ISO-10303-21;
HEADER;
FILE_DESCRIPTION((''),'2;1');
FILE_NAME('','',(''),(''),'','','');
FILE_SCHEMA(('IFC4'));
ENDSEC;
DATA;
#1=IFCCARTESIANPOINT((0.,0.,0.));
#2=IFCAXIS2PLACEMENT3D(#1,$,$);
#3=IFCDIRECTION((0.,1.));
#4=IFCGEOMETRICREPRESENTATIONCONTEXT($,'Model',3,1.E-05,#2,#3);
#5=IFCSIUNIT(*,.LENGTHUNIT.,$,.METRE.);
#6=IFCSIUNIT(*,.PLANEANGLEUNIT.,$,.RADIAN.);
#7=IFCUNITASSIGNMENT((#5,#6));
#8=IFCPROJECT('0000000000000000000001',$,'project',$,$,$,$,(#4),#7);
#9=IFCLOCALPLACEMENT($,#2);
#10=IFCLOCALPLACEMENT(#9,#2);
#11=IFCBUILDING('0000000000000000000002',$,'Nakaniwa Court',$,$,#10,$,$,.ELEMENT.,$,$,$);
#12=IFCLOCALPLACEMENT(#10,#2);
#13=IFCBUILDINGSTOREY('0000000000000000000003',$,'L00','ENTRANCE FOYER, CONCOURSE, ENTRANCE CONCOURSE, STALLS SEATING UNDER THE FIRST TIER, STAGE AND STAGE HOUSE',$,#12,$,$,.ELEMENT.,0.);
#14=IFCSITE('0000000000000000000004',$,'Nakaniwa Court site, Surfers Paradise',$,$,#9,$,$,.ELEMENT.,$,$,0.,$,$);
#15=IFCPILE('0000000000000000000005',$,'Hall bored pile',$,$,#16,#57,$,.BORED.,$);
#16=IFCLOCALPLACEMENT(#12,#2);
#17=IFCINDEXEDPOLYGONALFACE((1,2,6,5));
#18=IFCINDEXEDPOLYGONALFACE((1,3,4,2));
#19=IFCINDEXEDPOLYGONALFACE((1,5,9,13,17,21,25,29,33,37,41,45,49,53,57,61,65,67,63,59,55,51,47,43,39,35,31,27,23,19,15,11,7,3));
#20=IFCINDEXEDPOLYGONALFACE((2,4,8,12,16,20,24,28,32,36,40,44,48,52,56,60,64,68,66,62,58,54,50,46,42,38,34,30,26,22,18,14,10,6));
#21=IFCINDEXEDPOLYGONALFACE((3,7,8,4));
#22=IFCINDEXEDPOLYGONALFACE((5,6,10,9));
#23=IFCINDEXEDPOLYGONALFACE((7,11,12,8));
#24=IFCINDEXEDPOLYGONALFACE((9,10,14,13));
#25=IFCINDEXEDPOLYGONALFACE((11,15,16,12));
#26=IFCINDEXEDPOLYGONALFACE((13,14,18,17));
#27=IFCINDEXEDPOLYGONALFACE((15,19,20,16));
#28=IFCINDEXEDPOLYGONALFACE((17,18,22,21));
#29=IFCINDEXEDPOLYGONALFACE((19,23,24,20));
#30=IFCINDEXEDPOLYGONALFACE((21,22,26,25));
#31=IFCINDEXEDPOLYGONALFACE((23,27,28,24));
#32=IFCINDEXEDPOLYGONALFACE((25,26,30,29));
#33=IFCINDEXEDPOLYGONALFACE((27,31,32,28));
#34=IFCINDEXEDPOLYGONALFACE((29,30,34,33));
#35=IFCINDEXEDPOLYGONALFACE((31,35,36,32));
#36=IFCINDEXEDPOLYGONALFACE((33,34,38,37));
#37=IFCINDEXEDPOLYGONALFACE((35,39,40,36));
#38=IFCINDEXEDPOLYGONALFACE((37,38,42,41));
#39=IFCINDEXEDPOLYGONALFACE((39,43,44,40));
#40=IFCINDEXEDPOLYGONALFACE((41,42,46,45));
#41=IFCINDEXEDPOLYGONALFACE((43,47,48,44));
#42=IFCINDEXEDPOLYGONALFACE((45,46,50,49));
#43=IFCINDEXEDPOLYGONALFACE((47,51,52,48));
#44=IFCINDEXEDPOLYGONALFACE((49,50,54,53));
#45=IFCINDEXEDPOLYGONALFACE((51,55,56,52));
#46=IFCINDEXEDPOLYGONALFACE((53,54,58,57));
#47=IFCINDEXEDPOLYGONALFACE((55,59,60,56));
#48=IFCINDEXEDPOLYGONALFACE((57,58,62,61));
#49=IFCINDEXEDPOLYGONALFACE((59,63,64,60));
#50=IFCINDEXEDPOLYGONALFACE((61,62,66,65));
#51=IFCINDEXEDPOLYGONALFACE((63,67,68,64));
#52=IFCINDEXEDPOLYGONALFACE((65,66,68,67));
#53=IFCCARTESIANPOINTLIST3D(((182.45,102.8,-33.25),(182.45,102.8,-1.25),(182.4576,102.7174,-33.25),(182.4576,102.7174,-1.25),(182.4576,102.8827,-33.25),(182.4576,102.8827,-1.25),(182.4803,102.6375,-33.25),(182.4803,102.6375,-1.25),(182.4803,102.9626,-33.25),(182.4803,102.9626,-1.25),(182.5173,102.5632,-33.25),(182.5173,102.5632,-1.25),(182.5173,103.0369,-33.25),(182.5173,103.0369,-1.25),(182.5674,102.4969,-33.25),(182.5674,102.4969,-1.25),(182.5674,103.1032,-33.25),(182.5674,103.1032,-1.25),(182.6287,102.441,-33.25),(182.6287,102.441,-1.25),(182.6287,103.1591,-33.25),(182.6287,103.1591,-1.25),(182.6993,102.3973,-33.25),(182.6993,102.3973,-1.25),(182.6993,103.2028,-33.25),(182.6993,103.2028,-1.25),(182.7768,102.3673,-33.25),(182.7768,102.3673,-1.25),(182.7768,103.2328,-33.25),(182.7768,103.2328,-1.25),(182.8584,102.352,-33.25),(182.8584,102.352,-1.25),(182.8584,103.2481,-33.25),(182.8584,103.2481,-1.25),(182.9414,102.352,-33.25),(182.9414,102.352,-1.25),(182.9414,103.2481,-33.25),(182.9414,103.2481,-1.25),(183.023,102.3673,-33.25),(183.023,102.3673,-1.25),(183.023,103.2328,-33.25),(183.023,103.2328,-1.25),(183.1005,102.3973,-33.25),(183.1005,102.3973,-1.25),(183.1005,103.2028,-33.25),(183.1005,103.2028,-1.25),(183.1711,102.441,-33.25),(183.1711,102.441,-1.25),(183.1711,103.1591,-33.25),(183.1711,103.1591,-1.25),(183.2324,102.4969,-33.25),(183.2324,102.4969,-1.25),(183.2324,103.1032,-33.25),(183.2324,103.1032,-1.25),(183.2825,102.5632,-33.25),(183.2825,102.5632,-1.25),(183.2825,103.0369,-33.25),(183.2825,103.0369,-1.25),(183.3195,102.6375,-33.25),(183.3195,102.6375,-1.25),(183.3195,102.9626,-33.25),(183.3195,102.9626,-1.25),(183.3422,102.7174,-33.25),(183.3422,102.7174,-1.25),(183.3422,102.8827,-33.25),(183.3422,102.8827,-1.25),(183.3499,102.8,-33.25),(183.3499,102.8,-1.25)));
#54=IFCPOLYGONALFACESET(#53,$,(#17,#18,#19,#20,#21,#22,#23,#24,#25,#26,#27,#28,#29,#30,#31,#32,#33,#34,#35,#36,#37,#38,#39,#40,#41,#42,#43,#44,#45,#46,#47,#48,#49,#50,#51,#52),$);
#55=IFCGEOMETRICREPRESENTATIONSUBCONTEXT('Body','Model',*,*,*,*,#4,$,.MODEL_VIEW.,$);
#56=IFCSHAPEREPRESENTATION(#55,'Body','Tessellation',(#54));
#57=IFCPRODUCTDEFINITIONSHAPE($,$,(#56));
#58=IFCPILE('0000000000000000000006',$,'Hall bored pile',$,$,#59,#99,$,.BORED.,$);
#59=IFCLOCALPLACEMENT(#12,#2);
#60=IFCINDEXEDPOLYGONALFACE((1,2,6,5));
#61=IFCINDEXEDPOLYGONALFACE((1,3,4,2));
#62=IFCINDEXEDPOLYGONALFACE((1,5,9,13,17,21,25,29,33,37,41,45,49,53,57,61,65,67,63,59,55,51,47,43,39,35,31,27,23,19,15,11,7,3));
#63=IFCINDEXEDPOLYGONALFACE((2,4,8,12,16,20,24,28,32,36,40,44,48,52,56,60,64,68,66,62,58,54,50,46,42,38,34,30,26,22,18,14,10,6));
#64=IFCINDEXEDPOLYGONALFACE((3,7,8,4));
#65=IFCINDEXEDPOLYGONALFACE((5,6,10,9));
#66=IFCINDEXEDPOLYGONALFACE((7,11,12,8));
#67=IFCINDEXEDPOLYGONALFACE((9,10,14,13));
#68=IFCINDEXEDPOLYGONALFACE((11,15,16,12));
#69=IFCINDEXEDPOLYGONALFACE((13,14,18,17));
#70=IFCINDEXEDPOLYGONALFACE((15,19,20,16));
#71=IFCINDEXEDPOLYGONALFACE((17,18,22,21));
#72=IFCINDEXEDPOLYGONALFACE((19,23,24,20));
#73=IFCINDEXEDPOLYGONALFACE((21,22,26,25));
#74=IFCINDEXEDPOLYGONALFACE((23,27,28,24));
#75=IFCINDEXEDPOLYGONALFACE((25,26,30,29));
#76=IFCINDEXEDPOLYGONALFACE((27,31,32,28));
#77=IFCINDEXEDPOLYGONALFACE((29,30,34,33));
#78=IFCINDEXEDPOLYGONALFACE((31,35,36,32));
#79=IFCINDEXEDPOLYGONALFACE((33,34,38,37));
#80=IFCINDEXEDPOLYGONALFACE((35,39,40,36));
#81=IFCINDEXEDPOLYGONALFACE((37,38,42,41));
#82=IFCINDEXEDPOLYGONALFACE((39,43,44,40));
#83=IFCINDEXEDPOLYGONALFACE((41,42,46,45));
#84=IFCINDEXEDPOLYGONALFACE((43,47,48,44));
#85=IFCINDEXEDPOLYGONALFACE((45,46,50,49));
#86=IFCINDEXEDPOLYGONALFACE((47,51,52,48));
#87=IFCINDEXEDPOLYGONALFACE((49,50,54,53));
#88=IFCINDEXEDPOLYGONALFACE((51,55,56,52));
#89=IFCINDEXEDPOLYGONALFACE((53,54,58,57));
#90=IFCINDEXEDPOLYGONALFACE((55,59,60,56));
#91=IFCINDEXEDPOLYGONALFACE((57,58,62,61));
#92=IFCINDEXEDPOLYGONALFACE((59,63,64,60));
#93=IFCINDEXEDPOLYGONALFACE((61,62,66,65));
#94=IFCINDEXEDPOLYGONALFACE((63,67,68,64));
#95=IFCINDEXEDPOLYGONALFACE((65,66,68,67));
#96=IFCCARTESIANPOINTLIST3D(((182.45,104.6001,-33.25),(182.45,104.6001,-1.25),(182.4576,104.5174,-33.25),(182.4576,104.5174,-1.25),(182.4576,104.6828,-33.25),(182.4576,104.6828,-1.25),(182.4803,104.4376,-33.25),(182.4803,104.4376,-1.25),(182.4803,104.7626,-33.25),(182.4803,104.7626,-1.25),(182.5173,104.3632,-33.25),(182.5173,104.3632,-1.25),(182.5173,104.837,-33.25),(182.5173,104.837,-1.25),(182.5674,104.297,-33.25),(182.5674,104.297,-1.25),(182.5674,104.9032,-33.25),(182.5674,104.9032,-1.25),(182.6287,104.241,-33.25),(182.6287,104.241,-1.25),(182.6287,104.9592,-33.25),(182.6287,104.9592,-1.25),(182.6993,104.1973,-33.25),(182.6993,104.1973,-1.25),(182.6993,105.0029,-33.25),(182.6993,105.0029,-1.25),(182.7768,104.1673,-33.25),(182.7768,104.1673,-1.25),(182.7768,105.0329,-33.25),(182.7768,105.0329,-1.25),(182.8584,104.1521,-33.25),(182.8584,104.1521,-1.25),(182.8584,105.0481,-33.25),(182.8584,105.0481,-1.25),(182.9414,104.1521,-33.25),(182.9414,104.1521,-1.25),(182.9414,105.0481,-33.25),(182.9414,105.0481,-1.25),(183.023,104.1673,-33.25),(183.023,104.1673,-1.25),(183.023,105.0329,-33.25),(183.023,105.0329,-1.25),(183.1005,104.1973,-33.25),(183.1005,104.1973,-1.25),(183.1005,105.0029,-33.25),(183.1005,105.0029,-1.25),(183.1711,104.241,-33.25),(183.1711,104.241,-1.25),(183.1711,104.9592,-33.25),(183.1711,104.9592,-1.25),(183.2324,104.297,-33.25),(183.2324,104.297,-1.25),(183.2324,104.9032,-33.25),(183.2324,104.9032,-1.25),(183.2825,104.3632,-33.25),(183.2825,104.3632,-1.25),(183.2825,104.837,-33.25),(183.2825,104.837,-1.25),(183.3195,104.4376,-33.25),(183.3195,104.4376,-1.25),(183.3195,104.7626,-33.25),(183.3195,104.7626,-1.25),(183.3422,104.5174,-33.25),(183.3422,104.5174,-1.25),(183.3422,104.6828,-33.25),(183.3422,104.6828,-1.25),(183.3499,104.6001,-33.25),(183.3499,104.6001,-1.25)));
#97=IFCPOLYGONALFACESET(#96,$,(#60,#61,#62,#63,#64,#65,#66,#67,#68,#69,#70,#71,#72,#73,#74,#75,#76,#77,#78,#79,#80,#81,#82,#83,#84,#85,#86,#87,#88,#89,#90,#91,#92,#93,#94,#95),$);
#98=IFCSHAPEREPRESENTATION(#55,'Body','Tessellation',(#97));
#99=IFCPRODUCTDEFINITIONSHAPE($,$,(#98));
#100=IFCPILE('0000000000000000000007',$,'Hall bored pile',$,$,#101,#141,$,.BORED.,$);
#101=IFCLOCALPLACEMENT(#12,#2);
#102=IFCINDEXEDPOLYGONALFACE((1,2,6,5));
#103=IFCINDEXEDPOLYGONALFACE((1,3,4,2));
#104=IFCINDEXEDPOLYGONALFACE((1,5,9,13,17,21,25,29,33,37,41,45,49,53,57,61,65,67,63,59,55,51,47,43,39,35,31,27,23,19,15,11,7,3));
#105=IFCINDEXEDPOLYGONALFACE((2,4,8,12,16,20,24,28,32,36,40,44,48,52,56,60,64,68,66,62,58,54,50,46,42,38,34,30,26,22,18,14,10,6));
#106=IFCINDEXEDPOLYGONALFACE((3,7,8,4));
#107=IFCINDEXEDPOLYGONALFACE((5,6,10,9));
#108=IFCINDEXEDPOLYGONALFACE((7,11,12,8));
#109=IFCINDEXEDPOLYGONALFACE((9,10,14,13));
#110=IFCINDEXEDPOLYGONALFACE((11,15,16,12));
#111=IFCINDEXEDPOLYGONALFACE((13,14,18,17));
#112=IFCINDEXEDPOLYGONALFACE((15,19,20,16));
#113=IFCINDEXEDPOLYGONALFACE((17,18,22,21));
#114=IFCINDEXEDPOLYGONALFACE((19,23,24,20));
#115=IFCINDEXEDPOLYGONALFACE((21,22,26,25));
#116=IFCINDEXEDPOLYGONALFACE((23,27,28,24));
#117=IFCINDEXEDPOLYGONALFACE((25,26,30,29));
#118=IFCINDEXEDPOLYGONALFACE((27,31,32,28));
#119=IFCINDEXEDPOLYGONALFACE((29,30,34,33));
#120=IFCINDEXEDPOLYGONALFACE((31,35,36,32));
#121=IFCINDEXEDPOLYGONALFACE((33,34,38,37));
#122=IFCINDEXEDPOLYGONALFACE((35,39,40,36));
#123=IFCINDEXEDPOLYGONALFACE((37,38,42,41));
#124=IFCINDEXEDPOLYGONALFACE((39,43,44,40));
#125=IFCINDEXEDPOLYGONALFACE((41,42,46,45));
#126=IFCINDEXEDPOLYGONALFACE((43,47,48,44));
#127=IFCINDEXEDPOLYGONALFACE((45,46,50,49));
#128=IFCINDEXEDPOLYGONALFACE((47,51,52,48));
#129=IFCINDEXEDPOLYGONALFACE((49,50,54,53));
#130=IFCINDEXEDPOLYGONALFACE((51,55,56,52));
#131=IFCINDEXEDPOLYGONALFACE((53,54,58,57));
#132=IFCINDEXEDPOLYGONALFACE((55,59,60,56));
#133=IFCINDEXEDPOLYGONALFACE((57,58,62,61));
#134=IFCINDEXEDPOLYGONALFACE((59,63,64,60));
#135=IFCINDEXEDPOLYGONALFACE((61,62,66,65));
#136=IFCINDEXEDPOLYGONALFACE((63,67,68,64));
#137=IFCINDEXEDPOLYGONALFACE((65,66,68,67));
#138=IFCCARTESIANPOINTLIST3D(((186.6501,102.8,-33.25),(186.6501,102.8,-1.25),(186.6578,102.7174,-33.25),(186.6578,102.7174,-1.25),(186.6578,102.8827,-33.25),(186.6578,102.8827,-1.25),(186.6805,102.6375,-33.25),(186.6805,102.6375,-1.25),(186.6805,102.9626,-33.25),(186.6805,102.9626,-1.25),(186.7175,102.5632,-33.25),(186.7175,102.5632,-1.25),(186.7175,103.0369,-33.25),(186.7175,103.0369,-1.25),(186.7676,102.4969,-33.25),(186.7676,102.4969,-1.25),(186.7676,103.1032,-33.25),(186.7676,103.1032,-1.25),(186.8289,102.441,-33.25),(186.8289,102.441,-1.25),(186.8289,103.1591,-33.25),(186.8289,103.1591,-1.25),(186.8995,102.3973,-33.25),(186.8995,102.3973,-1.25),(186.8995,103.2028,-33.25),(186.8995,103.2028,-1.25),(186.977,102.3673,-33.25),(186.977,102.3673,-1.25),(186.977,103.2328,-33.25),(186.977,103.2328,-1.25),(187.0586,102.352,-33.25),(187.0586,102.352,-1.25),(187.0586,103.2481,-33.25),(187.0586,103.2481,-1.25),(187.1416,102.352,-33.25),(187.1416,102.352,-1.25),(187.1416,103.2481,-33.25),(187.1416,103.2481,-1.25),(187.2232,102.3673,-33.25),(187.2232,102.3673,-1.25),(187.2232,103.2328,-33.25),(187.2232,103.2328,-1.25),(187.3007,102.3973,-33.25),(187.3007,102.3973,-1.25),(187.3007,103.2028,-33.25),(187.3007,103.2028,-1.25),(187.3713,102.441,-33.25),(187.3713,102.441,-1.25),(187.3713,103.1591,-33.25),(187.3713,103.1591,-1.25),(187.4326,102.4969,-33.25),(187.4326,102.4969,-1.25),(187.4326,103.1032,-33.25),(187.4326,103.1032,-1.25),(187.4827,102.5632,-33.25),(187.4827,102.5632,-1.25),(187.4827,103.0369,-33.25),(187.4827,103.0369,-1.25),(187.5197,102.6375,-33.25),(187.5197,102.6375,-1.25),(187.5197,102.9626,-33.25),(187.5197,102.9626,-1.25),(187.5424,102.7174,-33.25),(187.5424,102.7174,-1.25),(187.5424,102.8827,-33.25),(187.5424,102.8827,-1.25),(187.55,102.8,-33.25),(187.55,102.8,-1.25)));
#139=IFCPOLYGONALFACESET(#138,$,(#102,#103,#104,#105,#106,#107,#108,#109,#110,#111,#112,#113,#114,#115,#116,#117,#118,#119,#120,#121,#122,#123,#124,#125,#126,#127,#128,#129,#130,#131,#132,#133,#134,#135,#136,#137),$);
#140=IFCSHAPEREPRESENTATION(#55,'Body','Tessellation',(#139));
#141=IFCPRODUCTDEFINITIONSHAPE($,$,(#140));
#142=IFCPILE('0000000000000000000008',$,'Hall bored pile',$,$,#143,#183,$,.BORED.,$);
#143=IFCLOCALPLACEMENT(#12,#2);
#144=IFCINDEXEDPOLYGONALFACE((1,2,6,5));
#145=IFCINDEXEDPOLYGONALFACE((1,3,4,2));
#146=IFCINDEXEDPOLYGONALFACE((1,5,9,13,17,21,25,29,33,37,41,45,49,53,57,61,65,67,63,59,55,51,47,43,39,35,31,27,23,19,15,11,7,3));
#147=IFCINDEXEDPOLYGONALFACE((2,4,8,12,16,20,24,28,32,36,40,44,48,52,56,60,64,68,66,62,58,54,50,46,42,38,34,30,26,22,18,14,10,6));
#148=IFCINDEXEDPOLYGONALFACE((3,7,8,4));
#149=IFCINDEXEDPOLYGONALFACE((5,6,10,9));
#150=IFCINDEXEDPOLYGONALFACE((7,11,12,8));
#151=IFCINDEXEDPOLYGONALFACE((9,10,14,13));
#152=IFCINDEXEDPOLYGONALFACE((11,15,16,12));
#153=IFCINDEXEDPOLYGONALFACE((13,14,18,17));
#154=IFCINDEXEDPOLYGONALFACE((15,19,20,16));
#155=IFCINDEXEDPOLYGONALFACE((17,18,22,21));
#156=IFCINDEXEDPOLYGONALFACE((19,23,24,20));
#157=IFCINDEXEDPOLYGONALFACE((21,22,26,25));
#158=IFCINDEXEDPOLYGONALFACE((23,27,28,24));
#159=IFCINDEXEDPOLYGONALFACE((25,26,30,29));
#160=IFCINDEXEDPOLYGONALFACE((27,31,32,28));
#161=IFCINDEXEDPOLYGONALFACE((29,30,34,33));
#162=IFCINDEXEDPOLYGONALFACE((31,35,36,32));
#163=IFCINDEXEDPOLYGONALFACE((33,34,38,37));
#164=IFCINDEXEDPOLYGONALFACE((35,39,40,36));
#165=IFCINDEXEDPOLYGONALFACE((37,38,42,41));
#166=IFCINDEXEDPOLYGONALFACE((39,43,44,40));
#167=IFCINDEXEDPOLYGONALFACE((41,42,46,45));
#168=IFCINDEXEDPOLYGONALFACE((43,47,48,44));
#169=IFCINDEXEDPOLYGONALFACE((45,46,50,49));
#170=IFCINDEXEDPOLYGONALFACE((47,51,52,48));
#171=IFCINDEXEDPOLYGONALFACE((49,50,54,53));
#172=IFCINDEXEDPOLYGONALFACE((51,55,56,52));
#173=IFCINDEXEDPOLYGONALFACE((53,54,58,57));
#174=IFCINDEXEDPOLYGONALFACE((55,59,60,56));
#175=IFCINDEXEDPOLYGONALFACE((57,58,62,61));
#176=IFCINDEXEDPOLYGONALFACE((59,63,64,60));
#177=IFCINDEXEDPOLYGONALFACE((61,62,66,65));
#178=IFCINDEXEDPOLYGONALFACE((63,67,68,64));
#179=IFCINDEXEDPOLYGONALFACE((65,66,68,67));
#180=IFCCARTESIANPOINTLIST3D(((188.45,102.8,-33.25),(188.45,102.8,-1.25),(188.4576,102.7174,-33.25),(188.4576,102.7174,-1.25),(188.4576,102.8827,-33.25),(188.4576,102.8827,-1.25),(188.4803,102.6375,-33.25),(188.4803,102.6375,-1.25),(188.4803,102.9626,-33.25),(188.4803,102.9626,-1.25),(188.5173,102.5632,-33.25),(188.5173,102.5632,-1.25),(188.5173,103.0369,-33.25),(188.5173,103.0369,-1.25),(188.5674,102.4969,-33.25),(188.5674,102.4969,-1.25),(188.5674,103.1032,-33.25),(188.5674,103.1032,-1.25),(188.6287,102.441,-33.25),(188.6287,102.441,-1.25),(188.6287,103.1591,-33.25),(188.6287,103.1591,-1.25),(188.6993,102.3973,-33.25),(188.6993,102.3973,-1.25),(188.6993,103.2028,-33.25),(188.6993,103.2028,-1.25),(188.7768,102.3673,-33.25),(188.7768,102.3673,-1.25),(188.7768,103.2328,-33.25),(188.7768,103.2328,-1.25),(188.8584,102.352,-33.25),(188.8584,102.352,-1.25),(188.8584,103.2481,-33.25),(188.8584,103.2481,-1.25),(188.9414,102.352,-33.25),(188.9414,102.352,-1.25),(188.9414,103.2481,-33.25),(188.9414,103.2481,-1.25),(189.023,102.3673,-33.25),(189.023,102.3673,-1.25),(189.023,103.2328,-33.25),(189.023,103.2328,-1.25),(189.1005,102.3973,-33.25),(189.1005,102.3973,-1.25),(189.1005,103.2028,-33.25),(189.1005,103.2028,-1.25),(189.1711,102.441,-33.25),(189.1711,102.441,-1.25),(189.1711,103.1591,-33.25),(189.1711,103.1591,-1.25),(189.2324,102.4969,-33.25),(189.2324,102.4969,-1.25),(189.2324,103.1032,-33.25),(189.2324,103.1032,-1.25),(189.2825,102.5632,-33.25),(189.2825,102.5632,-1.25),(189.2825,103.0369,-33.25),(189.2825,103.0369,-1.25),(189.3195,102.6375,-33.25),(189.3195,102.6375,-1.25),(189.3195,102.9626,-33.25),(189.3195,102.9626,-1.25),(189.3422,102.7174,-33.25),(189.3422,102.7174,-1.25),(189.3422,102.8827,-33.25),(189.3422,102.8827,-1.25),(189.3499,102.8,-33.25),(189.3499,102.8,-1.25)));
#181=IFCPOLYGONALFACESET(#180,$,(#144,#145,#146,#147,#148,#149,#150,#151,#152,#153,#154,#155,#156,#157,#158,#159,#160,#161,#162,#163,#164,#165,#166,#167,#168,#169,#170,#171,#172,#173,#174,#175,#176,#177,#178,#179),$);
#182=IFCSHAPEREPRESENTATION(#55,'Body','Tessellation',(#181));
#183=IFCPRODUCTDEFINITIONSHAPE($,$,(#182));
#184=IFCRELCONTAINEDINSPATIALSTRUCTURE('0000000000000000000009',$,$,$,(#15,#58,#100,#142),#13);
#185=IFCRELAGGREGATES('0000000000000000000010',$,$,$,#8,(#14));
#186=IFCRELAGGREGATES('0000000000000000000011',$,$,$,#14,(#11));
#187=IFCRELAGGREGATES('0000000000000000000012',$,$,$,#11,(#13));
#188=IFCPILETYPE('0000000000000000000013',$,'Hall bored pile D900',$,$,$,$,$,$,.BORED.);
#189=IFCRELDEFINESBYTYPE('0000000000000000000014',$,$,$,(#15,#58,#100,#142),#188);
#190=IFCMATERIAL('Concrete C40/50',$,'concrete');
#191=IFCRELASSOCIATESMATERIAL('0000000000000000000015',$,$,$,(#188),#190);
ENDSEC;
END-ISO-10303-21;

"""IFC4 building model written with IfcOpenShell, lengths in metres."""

from ifc_helpers import new_model, si_unit, direction, frame, origin, origin_2d, place, context, subcontext, project, spatial, circle, extrude, material, material_profile, profile_set, type_object, element, save


model = new_model("IFC4")

# Units and contexts
model_context = context("Model", 3, precision=1e-05, world=origin(), true_north=direction((0.0, 1.0)))
body_context = subcontext(model_context, "Body", "Model", "MODEL_VIEW")
ifc_project = project(units=[si_unit("LENGTHUNIT", "METRE"), si_unit("PLANEANGLEUNIT", "RADIAN")], contexts=[model_context])

# Site, building, storey
site_placement = place(None, origin())
site = spatial("IfcSite", under=ifc_project, at=site_placement, Name="Nakaniwa Court site, Surfers Paradise", CompositionType="ELEMENT", RefElevation=0.0)
building_placement = place(site_placement, origin())
building = spatial("IfcBuilding", under=site, at=building_placement, Name="Nakaniwa Court", CompositionType="ELEMENT")
storey_placement = place(building_placement, origin())
storey = spatial("IfcBuildingStorey", under=building, at=storey_placement, Name="L00", Description="ENTRANCE FOYER, CONCOURSE, ENTRANCE CONCOURSE, STALLS SEATING UNDER THE FIRST TIER, STAGE AND STAGE HOUSE", CompositionType="ELEMENT", Elevation=0.0)

# Piles
ifc_material_1 = material(Name="Concrete C40/50", Category="concrete")
ifc_material_profile_1 = material_profile(ifc_material_1, circle(Radius=0.45, at=origin_2d()), Name="Bored pile D900")
ifc_profile_set_1 = profile_set([ifc_material_profile_1], Name="Concrete C40/50")
pile_type = type_object("IfcPileType", Name="Hall bored pile D900", PredefinedType="BORED", material=ifc_profile_set_1)
for number, where, z_axis, x_axis, name in (
    (1, (182.8999, 102.8, -1.25), (0.0, 0.0, -1.0), (1.0, 0.0, 0.0), "Hall bored pile"),
    (2, (182.8999, 104.6001, -1.25), (0.0, 0.0, -1.0), (1.0, 0.0, 0.0), "Hall bored pile"),
    (3, (187.1001, 102.8, -1.25), (0.0, 0.0, -1.0), (1.0, 0.0, 0.0), "Hall bored pile"),
    (4, (188.8999, 102.8, -1.25), (0.0, 0.0, -1.0), (1.0, 0.0, 0.0), "Hall bored pile"),
):
    element("IfcPile", number, at=place(storey_placement, frame(where, z_axis=z_axis, x_axis=x_axis)), inside=storey, type_object=pile_type, Name=name, PredefinedType="BORED", context=body_context, shape_type="SweptSolid", body=[
        extrude(circle(Radius=0.45, at=origin_2d()), origin(), (0.0, 0.0, 1.0), 32.0),
    ])

save(model, "model.ifc")
